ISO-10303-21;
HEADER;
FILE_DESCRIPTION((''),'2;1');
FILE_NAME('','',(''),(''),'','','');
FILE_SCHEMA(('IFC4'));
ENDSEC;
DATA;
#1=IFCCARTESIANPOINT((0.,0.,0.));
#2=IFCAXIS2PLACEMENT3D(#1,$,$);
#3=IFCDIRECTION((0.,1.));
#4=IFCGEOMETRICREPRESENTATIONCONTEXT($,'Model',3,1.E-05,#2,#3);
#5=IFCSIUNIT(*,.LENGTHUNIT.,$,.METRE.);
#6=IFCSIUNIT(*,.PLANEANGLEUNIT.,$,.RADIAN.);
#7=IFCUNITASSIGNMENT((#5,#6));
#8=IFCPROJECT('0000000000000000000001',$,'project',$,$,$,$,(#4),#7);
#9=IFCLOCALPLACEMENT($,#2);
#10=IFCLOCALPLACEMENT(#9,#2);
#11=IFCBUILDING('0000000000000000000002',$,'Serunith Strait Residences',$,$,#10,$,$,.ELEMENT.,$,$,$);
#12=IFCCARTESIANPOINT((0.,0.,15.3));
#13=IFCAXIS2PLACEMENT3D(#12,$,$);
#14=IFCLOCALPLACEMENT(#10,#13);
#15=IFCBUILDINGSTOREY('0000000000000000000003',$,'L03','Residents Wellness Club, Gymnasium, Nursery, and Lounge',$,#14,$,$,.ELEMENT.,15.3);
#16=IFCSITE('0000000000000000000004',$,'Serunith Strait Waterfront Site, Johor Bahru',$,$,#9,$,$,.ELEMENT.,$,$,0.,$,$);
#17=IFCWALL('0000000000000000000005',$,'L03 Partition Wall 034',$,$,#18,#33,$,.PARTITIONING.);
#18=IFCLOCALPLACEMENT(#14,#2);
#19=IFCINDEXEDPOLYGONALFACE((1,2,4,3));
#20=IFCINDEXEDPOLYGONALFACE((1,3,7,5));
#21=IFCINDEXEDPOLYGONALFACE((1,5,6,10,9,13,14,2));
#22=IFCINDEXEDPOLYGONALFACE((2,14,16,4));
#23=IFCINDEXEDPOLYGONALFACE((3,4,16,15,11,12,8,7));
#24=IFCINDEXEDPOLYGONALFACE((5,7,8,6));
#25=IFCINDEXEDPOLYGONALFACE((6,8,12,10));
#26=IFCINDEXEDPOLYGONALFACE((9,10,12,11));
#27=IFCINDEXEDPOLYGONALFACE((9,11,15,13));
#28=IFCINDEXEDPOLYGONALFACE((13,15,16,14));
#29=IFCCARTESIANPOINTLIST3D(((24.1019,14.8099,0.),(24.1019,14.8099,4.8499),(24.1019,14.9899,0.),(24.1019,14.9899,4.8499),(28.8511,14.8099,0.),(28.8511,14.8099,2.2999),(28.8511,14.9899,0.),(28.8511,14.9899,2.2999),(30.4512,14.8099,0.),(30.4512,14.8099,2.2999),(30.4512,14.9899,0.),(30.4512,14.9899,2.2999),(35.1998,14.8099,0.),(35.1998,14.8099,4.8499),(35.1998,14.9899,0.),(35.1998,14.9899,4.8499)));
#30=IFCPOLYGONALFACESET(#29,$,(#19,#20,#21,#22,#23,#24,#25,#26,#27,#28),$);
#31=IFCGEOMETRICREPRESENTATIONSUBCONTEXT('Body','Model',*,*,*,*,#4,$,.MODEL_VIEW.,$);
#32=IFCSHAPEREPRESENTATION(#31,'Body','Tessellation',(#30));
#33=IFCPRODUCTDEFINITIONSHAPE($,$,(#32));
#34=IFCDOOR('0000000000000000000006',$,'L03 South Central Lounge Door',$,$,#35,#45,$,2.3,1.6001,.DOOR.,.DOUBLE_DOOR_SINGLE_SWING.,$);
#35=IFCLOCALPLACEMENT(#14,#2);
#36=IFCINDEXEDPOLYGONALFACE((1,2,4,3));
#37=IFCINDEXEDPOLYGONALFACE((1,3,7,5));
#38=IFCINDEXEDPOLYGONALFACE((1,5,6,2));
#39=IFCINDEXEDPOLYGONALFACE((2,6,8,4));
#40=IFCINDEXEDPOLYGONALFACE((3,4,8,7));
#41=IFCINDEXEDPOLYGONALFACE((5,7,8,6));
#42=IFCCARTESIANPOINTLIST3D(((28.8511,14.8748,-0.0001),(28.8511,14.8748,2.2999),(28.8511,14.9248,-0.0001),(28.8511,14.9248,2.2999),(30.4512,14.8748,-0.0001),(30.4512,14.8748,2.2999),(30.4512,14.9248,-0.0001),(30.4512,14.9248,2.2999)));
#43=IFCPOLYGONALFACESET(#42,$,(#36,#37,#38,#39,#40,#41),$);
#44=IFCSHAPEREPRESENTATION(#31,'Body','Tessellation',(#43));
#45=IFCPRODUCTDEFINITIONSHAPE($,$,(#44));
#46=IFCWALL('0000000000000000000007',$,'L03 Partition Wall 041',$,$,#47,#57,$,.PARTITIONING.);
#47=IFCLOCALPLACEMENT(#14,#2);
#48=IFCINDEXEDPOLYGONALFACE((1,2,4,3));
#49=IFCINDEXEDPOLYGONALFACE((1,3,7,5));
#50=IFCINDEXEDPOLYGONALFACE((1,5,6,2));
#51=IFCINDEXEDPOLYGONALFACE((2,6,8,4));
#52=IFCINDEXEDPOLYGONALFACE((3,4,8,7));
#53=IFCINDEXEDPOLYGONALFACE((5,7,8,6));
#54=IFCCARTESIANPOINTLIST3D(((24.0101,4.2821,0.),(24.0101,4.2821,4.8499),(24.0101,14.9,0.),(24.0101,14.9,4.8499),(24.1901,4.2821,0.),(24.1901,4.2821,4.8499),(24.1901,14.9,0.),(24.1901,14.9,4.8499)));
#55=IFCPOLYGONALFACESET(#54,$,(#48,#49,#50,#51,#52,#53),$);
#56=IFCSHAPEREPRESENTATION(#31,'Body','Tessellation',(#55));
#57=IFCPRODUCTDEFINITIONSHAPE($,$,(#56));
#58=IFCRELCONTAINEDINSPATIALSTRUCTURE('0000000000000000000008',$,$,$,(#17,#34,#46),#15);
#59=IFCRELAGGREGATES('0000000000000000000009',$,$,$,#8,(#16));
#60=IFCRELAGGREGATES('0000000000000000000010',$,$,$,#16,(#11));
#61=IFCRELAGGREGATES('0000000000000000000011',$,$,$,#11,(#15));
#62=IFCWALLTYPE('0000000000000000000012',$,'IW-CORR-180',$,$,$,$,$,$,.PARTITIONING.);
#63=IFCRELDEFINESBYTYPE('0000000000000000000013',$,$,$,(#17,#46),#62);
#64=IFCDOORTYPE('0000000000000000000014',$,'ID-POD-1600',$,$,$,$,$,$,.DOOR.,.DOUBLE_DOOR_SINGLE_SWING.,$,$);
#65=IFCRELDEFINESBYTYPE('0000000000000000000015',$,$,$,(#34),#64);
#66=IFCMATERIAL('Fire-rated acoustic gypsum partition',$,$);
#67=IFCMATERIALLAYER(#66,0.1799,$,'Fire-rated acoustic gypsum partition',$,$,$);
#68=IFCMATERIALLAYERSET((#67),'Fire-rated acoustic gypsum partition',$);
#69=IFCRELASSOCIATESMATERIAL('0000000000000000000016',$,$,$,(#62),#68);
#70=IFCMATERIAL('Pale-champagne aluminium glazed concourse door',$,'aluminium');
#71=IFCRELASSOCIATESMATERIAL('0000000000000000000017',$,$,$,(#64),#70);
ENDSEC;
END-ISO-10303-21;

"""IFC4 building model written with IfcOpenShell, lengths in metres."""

from ifc_helpers import new_model, si_unit, direction, frame, frame_2d, origin, place, context, subcontext, project, spatial, rectangle, extrude, source, transform, mapped, material, layer, layer_set, type_object, element, fill, save


model = new_model("IFC4")

# Units and contexts
model_context = context("Model", 3, precision=1e-05, world=origin(), true_north=direction((0.0, 1.0)))
body_context = subcontext(model_context, "Body", "Model", "MODEL_VIEW")
ifc_project = project(units=[si_unit("LENGTHUNIT", "METRE"), si_unit("PLANEANGLEUNIT", "RADIAN")], contexts=[model_context])

# Site, building, storey
site_placement = place(None, origin())
site = spatial("IfcSite", under=ifc_project, at=site_placement, Name="Serunith Strait Waterfront Site, Johor Bahru", CompositionType="ELEMENT", RefElevation=0.0)
building_placement = place(site_placement, origin())
building = spatial("IfcBuilding", under=site, at=building_placement, Name="Serunith Strait Residences", CompositionType="ELEMENT")
storey_placement = place(building_placement, frame((0.0, 0.0, 15.3)))
storey = spatial("IfcBuildingStorey", under=building, at=storey_placement, Name="L03", Description="Residents Wellness Club, Gymnasium, Nursery, and Lounge", CompositionType="ELEMENT", Elevation=15.3)

# Wall, opening, door
ifc_material_1 = material(Name="Fire-rated acoustic gypsum partition")
ifc_layer = layer(ifc_material_1, 0.1799, Name="Fire-rated acoustic gypsum partition")
ifc_layer_set = layer_set([ifc_layer], Name="Fire-rated acoustic gypsum partition")
wall_type = type_object("IfcWallType", Name="IW-CORR-180", PredefinedType="PARTITIONING", material=ifc_layer_set)
wall_1_placement = place(storey_placement, frame((24.1021, 14.8999, 0.0), z_axis=(0.0, 0.0, 1.0), x_axis=(1.0, 0.0, 0.0)))
wall_1 = element("IfcWall", 1, at=wall_1_placement, inside=storey, type_object=wall_type, Name="L03 Partition Wall 034", PredefinedType="PARTITIONING", context=body_context, shape_type="SweptSolid", body=[
    extrude(rectangle(XDim=11.0979, YDim=0.1799, at=frame_2d((5.5488, 0.0))), origin(), (0.0, 0.0, 1.0), 4.8499),
])
opening_1_placement = place(wall_1_placement, frame((4.749, 0.0, 0.0)))
opening_1 = element("IfcOpeningElement", 2, at=opening_1_placement, cuts=wall_1, PredefinedType="OPENING", context=body_context, shape_type="SweptSolid", body=[
    extrude(rectangle(XDim=1.6001, YDim=2.3, at=frame_2d((0.8, 1.1499))), frame((0.0, 0.1001, 0.0), z_axis=(0.0, -1.0, 0.0), x_axis=(1.0, 0.0, 0.0)), (0.0, 0.0, 1.0), 0.2),
])
ifc_material_2 = material(Name="Pale-champagne aluminium glazed concourse door", Category="aluminium")
door_type_1 = type_object("IfcDoorType", Name="ID-POD-1600", OperationType="DOUBLE_DOOR_SINGLE_SWING", PredefinedType="DOOR", material=ifc_material_2)
shared_shape_1 = source(origin(), body_context, "Body", "SweptSolid", [
    extrude(rectangle(XDim=1.6001, YDim=2.3, at=frame_2d((0.8, 1.1499))), frame((0.0, 0.0249, 0.0), z_axis=(0.0, -1.0, 0.0), x_axis=(1.0, 0.0, 0.0)), (0.0, 0.0, 1.0), 0.05),
])
door_1_placement = place(opening_1_placement, origin())
door_1 = element("IfcDoor", 3, at=door_1_placement, inside=storey, type_object=door_type_1, Name="L03 South Central Lounge Door", OperationType="DOUBLE_DOOR_SINGLE_SWING", OverallHeight=2.3, OverallWidth=1.6001, PredefinedType="DOOR", context=body_context, shape_type="MappedRepresentation", body=[
    mapped(shared_shape_1, transform((0.0, 0.0, 0.0), scale=1.0)),
])
fill(opening_1, door_1)

# Wall
wall_2_placement = place(storey_placement, frame((24.1001, 4.282, 0.0), z_axis=(0.0, 0.0, 1.0), x_axis=(0.0, 1.0, 0.0)))
element("IfcWall", 4, at=wall_2_placement, inside=storey, type_object=wall_type, Name="L03 Partition Wall 041", PredefinedType="PARTITIONING", context=body_context, shape_type="SweptSolid", body=[
    extrude(rectangle(XDim=10.6179, YDim=0.1799, at=frame_2d((5.3091, 0.0))), origin(), (0.0, 0.0, 1.0), 4.8499),
])

save(model, "model.ifc")
